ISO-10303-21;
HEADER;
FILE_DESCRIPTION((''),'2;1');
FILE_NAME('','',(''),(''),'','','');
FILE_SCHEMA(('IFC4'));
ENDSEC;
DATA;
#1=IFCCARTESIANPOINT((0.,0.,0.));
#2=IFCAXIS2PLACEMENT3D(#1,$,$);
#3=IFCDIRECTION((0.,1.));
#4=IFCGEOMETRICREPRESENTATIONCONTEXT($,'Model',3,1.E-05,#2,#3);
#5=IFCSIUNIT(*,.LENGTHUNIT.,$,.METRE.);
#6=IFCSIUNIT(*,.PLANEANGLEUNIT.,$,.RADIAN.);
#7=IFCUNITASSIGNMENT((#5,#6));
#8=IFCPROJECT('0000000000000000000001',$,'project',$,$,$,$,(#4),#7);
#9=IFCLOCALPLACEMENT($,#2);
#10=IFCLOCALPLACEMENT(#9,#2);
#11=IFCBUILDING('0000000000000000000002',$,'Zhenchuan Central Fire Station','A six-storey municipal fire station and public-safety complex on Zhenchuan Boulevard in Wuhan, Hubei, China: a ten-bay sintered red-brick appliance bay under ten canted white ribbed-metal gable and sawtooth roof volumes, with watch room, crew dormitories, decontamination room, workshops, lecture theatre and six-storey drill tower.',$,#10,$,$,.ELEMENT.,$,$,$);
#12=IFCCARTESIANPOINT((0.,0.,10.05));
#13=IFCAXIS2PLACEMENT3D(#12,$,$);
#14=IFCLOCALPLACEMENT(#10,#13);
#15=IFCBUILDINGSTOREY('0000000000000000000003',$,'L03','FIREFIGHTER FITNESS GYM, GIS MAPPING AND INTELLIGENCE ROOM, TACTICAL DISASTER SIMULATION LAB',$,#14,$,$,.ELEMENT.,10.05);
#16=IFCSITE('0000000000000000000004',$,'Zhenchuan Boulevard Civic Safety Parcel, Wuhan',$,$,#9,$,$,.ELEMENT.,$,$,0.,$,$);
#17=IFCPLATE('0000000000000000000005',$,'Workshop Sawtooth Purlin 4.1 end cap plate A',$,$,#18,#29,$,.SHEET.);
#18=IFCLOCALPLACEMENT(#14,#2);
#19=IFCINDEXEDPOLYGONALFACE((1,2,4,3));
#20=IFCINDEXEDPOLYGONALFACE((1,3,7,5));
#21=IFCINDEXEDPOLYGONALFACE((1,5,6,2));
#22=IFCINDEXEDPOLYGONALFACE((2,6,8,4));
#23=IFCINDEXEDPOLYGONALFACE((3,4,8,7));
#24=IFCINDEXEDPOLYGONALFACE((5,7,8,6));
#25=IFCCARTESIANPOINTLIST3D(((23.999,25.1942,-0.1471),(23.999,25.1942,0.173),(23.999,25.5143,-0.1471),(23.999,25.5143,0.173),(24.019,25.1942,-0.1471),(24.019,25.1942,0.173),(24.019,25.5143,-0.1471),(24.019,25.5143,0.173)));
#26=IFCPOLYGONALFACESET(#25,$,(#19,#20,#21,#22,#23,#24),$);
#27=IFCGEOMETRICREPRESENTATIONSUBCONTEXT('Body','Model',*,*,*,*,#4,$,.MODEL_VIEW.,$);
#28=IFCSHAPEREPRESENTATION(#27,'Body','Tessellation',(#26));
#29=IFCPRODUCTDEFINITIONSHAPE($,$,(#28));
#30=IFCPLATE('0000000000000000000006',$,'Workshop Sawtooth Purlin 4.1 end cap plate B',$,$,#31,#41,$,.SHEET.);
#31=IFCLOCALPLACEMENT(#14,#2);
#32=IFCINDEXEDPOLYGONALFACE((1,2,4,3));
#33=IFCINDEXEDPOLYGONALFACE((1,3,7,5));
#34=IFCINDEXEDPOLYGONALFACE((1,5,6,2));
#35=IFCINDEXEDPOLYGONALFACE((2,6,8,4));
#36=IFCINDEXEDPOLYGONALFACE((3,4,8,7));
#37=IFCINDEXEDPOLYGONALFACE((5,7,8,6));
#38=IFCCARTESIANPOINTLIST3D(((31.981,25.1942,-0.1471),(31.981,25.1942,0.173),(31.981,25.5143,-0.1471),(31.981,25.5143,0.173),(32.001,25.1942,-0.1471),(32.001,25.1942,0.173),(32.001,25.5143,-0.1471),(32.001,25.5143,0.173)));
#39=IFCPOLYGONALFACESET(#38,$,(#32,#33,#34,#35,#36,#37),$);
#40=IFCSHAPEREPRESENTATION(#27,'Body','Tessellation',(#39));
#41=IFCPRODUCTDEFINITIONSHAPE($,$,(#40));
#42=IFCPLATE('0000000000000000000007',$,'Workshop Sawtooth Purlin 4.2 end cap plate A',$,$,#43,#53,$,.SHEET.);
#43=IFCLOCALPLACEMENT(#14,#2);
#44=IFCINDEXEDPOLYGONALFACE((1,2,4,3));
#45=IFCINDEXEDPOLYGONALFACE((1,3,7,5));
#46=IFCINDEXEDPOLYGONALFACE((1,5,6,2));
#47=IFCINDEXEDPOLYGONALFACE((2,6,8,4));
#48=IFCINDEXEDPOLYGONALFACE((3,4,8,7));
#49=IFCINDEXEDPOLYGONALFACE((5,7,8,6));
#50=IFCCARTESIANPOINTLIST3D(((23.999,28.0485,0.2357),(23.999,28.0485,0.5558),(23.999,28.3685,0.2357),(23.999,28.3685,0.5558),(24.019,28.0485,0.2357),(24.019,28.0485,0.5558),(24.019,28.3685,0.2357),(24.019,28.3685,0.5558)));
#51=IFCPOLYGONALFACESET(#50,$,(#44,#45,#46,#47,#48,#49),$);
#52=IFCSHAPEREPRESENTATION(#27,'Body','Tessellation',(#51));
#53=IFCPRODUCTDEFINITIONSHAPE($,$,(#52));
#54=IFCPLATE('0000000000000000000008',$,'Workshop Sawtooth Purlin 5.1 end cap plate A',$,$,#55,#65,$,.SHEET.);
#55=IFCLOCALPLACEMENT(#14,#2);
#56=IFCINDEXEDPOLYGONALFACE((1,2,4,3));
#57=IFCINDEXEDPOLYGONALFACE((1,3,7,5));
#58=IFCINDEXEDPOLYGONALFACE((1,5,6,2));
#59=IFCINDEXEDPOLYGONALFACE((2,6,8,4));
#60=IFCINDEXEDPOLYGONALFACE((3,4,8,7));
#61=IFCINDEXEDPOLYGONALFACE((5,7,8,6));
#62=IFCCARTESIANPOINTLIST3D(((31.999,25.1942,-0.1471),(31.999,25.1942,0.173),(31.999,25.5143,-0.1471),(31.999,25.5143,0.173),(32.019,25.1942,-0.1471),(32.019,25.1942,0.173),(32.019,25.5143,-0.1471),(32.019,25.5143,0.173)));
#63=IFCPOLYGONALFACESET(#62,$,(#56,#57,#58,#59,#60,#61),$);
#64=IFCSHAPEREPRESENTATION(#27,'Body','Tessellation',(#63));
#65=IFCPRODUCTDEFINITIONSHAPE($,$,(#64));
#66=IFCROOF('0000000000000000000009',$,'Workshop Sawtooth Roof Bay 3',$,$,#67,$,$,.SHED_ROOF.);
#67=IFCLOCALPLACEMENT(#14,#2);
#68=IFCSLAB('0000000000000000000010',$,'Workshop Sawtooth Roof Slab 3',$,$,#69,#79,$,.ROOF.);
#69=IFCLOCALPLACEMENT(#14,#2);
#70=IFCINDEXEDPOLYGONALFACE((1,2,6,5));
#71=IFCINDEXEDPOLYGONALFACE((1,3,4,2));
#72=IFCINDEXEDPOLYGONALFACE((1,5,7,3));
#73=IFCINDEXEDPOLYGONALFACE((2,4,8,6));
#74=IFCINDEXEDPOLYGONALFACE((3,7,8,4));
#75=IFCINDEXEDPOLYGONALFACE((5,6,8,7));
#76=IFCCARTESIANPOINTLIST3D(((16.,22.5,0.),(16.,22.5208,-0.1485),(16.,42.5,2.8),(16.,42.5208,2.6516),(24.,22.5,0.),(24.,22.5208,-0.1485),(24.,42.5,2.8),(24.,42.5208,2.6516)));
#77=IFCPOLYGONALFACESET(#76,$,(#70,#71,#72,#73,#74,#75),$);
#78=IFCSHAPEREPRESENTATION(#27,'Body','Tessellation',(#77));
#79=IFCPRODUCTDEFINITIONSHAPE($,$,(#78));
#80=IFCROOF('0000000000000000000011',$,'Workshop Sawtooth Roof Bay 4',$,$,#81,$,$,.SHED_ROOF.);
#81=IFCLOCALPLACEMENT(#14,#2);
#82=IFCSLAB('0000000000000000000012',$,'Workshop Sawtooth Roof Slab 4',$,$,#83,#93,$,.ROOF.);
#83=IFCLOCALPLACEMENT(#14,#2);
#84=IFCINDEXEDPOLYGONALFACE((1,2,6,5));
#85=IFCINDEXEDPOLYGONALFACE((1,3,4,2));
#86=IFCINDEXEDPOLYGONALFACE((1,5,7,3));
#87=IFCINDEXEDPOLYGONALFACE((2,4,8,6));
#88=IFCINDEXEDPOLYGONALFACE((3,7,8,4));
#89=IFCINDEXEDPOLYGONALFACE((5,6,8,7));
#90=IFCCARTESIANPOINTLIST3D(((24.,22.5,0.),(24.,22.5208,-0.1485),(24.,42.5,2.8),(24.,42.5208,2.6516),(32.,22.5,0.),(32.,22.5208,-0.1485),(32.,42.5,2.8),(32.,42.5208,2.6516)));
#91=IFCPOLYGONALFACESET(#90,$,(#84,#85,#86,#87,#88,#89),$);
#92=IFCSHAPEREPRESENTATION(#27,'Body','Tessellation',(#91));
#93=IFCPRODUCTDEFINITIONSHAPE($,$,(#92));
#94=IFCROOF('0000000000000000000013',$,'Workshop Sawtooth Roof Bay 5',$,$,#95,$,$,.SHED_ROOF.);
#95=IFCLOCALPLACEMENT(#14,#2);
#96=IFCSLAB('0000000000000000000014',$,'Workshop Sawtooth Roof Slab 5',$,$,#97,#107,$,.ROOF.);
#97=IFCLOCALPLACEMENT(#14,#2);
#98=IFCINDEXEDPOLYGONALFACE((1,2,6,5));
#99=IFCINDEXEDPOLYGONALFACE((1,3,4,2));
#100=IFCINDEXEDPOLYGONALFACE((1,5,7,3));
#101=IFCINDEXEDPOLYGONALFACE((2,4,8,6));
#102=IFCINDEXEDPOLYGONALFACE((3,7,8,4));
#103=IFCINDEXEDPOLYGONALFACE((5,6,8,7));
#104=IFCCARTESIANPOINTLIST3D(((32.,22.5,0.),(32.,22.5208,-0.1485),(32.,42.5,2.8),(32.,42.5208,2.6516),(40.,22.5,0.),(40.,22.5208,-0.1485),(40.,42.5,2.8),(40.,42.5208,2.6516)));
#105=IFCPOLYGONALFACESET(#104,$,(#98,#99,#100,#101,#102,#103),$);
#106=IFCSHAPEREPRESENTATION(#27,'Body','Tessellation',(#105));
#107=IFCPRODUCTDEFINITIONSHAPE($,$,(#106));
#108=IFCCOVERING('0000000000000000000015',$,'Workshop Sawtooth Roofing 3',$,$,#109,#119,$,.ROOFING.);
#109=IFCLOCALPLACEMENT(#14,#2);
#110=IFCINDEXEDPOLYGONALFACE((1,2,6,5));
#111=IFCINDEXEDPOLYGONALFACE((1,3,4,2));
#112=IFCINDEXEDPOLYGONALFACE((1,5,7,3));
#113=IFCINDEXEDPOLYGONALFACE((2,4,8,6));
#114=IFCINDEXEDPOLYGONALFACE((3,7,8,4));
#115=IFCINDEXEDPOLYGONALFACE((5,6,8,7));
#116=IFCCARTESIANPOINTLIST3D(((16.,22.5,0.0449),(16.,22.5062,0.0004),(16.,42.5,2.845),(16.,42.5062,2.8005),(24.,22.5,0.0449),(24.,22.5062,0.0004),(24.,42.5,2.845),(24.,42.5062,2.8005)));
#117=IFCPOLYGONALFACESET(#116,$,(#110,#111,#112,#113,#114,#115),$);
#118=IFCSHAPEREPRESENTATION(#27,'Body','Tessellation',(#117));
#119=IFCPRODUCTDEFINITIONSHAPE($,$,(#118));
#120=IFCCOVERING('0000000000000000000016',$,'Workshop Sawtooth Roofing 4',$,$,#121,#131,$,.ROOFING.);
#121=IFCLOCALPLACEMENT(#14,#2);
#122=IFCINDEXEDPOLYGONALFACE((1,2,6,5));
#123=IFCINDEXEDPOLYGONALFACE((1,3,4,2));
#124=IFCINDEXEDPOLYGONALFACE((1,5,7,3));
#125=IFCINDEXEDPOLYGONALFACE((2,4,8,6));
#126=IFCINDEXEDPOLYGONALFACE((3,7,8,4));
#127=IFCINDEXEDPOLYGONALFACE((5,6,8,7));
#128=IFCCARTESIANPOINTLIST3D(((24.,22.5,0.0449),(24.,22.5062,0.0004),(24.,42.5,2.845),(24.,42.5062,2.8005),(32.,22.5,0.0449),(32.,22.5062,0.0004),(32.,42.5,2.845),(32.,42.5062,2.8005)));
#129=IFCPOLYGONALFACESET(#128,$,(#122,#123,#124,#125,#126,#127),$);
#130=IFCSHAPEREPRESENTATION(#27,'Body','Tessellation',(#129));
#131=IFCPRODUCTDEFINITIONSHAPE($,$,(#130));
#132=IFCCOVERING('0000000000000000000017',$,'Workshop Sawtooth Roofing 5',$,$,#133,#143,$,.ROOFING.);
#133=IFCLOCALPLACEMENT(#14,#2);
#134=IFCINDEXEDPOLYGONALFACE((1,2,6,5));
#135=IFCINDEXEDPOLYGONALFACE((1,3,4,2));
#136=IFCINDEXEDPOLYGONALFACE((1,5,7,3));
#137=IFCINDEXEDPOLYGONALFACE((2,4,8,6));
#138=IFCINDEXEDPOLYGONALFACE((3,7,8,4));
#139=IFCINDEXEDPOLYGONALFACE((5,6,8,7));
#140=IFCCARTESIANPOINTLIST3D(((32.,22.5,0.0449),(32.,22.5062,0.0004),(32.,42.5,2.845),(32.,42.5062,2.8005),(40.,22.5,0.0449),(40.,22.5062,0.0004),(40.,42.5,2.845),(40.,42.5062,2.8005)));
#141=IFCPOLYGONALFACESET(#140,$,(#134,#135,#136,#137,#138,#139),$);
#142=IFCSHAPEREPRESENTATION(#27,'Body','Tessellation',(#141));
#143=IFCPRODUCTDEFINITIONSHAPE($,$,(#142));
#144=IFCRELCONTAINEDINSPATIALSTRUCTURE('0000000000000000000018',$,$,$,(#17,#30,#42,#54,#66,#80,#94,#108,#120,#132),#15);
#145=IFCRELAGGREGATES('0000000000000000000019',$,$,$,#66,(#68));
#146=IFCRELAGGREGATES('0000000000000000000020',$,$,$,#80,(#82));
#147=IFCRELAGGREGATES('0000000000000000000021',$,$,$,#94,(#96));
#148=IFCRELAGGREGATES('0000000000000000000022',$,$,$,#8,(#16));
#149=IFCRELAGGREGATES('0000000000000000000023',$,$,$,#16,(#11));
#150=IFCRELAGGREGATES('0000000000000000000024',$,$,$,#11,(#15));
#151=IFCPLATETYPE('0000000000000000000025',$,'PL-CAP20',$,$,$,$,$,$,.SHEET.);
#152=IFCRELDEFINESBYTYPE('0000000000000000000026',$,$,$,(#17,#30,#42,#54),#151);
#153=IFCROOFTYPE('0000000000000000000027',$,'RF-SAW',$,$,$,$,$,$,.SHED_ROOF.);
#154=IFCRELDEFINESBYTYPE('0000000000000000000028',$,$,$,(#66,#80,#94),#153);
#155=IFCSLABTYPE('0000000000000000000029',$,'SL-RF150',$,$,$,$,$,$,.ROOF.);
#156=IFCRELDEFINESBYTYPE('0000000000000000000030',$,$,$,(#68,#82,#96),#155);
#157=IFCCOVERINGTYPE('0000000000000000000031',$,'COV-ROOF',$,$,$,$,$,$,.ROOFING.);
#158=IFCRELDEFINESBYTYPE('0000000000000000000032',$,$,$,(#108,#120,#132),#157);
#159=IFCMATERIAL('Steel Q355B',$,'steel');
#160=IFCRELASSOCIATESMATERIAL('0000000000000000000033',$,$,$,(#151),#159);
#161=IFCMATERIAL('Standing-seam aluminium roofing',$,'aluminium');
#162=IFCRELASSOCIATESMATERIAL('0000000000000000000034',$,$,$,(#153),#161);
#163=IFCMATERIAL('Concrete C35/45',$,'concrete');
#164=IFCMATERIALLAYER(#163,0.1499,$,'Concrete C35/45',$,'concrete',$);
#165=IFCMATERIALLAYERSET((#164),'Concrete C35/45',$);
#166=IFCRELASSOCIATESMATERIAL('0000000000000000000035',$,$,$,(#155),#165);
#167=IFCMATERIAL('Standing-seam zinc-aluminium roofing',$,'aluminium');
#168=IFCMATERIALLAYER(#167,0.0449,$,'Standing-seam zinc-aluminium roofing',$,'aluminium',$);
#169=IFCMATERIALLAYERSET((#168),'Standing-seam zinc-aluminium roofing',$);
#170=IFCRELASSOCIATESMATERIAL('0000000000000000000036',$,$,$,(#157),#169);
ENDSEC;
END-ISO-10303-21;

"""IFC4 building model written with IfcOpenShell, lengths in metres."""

from ifc_helpers import new_model, si_unit, direction, frame, origin, origin_2d, place, context, subcontext, project, spatial, polyline, rectangle, outline, extrude, material, layer, layer_set, material_profile, profile_set, type_object, element, aggregate, save


model = new_model("IFC4")

# Units and contexts
model_context = context("Model", 3, precision=1e-05, world=origin(), true_north=direction((0.0, 1.0)))
body_context = subcontext(model_context, "Body", "Model", "MODEL_VIEW")
ifc_project = project(units=[si_unit("LENGTHUNIT", "METRE"), si_unit("PLANEANGLEUNIT", "RADIAN")], contexts=[model_context])

# Site, building, storey
site_placement = place(None, origin())
site = spatial("IfcSite", under=ifc_project, at=site_placement, Name="Zhenchuan Boulevard Civic Safety Parcel, Wuhan", CompositionType="ELEMENT", RefElevation=0.0)
building_placement = place(site_placement, origin())
building = spatial("IfcBuilding", under=site, at=building_placement, Name="Zhenchuan Central Fire Station", Description="A six-storey municipal fire station and public-safety complex on Zhenchuan Boulevard in Wuhan, Hubei, China: a ten-bay sintered red-brick appliance bay under ten canted white ribbed-metal gable and sawtooth roof volumes, with watch room, crew dormitories, decontamination room, workshops, lecture theatre and six-storey drill tower.", CompositionType="ELEMENT")
storey_placement = place(building_placement, frame((0.0, 0.0, 10.05)))
storey = spatial("IfcBuildingStorey", under=building, at=storey_placement, Name="L03", Description="FIREFIGHTER FITNESS GYM, GIS MAPPING AND INTELLIGENCE ROOM, TACTICAL DISASTER SIMULATION LAB", CompositionType="ELEMENT", Elevation=10.05)

# Shared definitions
ifc_material_1 = material(Name="Steel Q355B", Category="steel")

# Plates
ifc_material_profile_1 = material_profile(ifc_material_1, rectangle(XDim=0.3201, YDim=0.3201, at=origin_2d()), Name="PL 320x320x20")
ifc_profile_set_1 = profile_set([ifc_material_profile_1], Name="Steel Q355B")
plate_type = type_object("IfcPlateType", Name="PL-CAP20", PredefinedType="SHEET", material=ifc_profile_set_1)
for number, where, z_axis, x_axis, name in (
    (1, (23.999, 25.3542, 0.0129), (1.0, 0.0, 0.0), (0.0, 1.0, 0.0), "Workshop Sawtooth Purlin 4.1 end cap plate A"),
    (2, (31.981, 25.3542, 0.0129), (1.0, 0.0, 0.0), (0.0, 1.0, 0.0), "Workshop Sawtooth Purlin 4.1 end cap plate B"),
    (3, (23.999, 28.2085, 0.3958), (1.0, 0.0, 0.0), (0.0, 1.0, 0.0), "Workshop Sawtooth Purlin 4.2 end cap plate A"),
    (4, (31.999, 25.3542, 0.0129), (1.0, 0.0, 0.0), (0.0, 1.0, 0.0), "Workshop Sawtooth Purlin 5.1 end cap plate A"),
):
    element("IfcPlate", number, at=place(storey_placement, frame(where, z_axis=z_axis, x_axis=x_axis)), inside=storey, type_object=plate_type, Name=name, PredefinedType="SHEET", context=body_context, shape_type="SweptSolid", body=[
        extrude(rectangle(XDim=0.3201, YDim=0.3201, at=origin_2d()), origin(), (0.0, 0.0, 1.0), 0.02),
    ])

# Roofs, slabs
ifc_material_2 = material(Name="Standing-seam aluminium roofing", Category="aluminium")
roof_type = type_object("IfcRoofType", Name="RF-SAW", PredefinedType="SHED_ROOF", material=ifc_material_2)
roof_1_placement = place(storey_placement, origin())
roof_1 = element("IfcRoof", 5, at=roof_1_placement, inside=storey, type_object=roof_type, Name="Workshop Sawtooth Roof Bay 3", PredefinedType="SHED_ROOF")
ifc_material_3 = material(Name="Concrete C35/45", Category="concrete")
ifc_layer_1 = layer(ifc_material_3, 0.1499, Name="Concrete C35/45", Category="concrete")
ifc_layer_set_1 = layer_set([ifc_layer_1], Name="Concrete C35/45")
slab_type = type_object("IfcSlabType", Name="SL-RF150", PredefinedType="ROOF", material=ifc_layer_set_1)
slab_1_placement = place(storey_placement, frame((16.0, 22.5, 0.0), z_axis=(0.0, -0.13865, 0.990341), x_axis=(1.0, 0.0, 0.0)))
slab_1 = element("IfcSlab", 6, at=slab_1_placement, type_object=slab_type, Name="Workshop Sawtooth Roof Slab 3", PredefinedType="ROOF", context=body_context, shape_type="SweptSolid", body=[
    extrude(outline(polyline([(0.0, 0.0), (8.0, 0.0), (8.0, 20.1951), (0.0, 20.1951), (0.0, 0.0)])), origin(), (0.0, 0.0, -1.0), 0.1499),
])
aggregate(roof_1, [slab_1])
roof_2_placement = place(storey_placement, origin())
roof_2 = element("IfcRoof", 7, at=roof_2_placement, inside=storey, type_object=roof_type, Name="Workshop Sawtooth Roof Bay 4", PredefinedType="SHED_ROOF")
slab_2_placement = place(storey_placement, frame((24.0, 22.5, 0.0), z_axis=(0.0, -0.13865, 0.990341), x_axis=(1.0, 0.0, 0.0)))
slab_2 = element("IfcSlab", 8, at=slab_2_placement, type_object=slab_type, Name="Workshop Sawtooth Roof Slab 4", PredefinedType="ROOF", context=body_context, shape_type="SweptSolid", body=[
    extrude(outline(polyline([(0.0, 0.0), (8.0, 0.0), (8.0, 20.1951), (0.0, 20.1951), (0.0, 0.0)])), origin(), (0.0, 0.0, -1.0), 0.1499),
])
aggregate(roof_2, [slab_2])
roof_3_placement = place(storey_placement, origin())
roof_3 = element("IfcRoof", 9, at=roof_3_placement, inside=storey, type_object=roof_type, Name="Workshop Sawtooth Roof Bay 5", PredefinedType="SHED_ROOF")
slab_3_placement = place(storey_placement, frame((32.0, 22.5, 0.0), z_axis=(0.0, -0.13865, 0.990341), x_axis=(1.0, 0.0, 0.0)))
slab_3 = element("IfcSlab", 10, at=slab_3_placement, type_object=slab_type, Name="Workshop Sawtooth Roof Slab 5", PredefinedType="ROOF", context=body_context, shape_type="SweptSolid", body=[
    extrude(outline(polyline([(0.0, 0.0), (8.0, 0.0), (8.0, 20.1951), (0.0, 20.1951), (0.0, 0.0)])), origin(), (0.0, 0.0, -1.0), 0.1499),
])
aggregate(roof_3, [slab_3])

# Coverings
ifc_material_4 = material(Name="Standing-seam zinc-aluminium roofing", Category="aluminium")
ifc_layer_2 = layer(ifc_material_4, 0.0449, Name="Standing-seam zinc-aluminium roofing", Category="aluminium")
ifc_layer_set_2 = layer_set([ifc_layer_2], Name="Standing-seam zinc-aluminium roofing")
covering_type = type_object("IfcCoveringType", Name="COV-ROOF", PredefinedType="ROOFING", material=ifc_layer_set_2)
for number, where, z_axis, x_axis, name in (
    (11, (16.0, 22.5, 0.0449), (0.0, -0.13865, 0.990341), (1.0, 0.0, 0.0), "Workshop Sawtooth Roofing 3"),
    (12, (24.0, 22.5, 0.0449), (0.0, -0.13865, 0.990341), (1.0, 0.0, 0.0), "Workshop Sawtooth Roofing 4"),
    (13, (32.0, 22.5, 0.0449), (0.0, -0.13865, 0.990341), (1.0, 0.0, 0.0), "Workshop Sawtooth Roofing 5"),
):
    element("IfcCovering", number, at=place(storey_placement, frame(where, z_axis=z_axis, x_axis=x_axis)), inside=storey, type_object=covering_type, Name=name, PredefinedType="ROOFING", context=body_context, shape_type="SweptSolid", body=[
        extrude(outline(polyline([(0.0, 0.0), (8.0, 0.0), (8.0, 20.1951), (0.0, 20.1951), (0.0, 0.0)])), origin(), (0.0, 0.0, -1.0), 0.0449),
    ])

save(model, "model.ifc")
